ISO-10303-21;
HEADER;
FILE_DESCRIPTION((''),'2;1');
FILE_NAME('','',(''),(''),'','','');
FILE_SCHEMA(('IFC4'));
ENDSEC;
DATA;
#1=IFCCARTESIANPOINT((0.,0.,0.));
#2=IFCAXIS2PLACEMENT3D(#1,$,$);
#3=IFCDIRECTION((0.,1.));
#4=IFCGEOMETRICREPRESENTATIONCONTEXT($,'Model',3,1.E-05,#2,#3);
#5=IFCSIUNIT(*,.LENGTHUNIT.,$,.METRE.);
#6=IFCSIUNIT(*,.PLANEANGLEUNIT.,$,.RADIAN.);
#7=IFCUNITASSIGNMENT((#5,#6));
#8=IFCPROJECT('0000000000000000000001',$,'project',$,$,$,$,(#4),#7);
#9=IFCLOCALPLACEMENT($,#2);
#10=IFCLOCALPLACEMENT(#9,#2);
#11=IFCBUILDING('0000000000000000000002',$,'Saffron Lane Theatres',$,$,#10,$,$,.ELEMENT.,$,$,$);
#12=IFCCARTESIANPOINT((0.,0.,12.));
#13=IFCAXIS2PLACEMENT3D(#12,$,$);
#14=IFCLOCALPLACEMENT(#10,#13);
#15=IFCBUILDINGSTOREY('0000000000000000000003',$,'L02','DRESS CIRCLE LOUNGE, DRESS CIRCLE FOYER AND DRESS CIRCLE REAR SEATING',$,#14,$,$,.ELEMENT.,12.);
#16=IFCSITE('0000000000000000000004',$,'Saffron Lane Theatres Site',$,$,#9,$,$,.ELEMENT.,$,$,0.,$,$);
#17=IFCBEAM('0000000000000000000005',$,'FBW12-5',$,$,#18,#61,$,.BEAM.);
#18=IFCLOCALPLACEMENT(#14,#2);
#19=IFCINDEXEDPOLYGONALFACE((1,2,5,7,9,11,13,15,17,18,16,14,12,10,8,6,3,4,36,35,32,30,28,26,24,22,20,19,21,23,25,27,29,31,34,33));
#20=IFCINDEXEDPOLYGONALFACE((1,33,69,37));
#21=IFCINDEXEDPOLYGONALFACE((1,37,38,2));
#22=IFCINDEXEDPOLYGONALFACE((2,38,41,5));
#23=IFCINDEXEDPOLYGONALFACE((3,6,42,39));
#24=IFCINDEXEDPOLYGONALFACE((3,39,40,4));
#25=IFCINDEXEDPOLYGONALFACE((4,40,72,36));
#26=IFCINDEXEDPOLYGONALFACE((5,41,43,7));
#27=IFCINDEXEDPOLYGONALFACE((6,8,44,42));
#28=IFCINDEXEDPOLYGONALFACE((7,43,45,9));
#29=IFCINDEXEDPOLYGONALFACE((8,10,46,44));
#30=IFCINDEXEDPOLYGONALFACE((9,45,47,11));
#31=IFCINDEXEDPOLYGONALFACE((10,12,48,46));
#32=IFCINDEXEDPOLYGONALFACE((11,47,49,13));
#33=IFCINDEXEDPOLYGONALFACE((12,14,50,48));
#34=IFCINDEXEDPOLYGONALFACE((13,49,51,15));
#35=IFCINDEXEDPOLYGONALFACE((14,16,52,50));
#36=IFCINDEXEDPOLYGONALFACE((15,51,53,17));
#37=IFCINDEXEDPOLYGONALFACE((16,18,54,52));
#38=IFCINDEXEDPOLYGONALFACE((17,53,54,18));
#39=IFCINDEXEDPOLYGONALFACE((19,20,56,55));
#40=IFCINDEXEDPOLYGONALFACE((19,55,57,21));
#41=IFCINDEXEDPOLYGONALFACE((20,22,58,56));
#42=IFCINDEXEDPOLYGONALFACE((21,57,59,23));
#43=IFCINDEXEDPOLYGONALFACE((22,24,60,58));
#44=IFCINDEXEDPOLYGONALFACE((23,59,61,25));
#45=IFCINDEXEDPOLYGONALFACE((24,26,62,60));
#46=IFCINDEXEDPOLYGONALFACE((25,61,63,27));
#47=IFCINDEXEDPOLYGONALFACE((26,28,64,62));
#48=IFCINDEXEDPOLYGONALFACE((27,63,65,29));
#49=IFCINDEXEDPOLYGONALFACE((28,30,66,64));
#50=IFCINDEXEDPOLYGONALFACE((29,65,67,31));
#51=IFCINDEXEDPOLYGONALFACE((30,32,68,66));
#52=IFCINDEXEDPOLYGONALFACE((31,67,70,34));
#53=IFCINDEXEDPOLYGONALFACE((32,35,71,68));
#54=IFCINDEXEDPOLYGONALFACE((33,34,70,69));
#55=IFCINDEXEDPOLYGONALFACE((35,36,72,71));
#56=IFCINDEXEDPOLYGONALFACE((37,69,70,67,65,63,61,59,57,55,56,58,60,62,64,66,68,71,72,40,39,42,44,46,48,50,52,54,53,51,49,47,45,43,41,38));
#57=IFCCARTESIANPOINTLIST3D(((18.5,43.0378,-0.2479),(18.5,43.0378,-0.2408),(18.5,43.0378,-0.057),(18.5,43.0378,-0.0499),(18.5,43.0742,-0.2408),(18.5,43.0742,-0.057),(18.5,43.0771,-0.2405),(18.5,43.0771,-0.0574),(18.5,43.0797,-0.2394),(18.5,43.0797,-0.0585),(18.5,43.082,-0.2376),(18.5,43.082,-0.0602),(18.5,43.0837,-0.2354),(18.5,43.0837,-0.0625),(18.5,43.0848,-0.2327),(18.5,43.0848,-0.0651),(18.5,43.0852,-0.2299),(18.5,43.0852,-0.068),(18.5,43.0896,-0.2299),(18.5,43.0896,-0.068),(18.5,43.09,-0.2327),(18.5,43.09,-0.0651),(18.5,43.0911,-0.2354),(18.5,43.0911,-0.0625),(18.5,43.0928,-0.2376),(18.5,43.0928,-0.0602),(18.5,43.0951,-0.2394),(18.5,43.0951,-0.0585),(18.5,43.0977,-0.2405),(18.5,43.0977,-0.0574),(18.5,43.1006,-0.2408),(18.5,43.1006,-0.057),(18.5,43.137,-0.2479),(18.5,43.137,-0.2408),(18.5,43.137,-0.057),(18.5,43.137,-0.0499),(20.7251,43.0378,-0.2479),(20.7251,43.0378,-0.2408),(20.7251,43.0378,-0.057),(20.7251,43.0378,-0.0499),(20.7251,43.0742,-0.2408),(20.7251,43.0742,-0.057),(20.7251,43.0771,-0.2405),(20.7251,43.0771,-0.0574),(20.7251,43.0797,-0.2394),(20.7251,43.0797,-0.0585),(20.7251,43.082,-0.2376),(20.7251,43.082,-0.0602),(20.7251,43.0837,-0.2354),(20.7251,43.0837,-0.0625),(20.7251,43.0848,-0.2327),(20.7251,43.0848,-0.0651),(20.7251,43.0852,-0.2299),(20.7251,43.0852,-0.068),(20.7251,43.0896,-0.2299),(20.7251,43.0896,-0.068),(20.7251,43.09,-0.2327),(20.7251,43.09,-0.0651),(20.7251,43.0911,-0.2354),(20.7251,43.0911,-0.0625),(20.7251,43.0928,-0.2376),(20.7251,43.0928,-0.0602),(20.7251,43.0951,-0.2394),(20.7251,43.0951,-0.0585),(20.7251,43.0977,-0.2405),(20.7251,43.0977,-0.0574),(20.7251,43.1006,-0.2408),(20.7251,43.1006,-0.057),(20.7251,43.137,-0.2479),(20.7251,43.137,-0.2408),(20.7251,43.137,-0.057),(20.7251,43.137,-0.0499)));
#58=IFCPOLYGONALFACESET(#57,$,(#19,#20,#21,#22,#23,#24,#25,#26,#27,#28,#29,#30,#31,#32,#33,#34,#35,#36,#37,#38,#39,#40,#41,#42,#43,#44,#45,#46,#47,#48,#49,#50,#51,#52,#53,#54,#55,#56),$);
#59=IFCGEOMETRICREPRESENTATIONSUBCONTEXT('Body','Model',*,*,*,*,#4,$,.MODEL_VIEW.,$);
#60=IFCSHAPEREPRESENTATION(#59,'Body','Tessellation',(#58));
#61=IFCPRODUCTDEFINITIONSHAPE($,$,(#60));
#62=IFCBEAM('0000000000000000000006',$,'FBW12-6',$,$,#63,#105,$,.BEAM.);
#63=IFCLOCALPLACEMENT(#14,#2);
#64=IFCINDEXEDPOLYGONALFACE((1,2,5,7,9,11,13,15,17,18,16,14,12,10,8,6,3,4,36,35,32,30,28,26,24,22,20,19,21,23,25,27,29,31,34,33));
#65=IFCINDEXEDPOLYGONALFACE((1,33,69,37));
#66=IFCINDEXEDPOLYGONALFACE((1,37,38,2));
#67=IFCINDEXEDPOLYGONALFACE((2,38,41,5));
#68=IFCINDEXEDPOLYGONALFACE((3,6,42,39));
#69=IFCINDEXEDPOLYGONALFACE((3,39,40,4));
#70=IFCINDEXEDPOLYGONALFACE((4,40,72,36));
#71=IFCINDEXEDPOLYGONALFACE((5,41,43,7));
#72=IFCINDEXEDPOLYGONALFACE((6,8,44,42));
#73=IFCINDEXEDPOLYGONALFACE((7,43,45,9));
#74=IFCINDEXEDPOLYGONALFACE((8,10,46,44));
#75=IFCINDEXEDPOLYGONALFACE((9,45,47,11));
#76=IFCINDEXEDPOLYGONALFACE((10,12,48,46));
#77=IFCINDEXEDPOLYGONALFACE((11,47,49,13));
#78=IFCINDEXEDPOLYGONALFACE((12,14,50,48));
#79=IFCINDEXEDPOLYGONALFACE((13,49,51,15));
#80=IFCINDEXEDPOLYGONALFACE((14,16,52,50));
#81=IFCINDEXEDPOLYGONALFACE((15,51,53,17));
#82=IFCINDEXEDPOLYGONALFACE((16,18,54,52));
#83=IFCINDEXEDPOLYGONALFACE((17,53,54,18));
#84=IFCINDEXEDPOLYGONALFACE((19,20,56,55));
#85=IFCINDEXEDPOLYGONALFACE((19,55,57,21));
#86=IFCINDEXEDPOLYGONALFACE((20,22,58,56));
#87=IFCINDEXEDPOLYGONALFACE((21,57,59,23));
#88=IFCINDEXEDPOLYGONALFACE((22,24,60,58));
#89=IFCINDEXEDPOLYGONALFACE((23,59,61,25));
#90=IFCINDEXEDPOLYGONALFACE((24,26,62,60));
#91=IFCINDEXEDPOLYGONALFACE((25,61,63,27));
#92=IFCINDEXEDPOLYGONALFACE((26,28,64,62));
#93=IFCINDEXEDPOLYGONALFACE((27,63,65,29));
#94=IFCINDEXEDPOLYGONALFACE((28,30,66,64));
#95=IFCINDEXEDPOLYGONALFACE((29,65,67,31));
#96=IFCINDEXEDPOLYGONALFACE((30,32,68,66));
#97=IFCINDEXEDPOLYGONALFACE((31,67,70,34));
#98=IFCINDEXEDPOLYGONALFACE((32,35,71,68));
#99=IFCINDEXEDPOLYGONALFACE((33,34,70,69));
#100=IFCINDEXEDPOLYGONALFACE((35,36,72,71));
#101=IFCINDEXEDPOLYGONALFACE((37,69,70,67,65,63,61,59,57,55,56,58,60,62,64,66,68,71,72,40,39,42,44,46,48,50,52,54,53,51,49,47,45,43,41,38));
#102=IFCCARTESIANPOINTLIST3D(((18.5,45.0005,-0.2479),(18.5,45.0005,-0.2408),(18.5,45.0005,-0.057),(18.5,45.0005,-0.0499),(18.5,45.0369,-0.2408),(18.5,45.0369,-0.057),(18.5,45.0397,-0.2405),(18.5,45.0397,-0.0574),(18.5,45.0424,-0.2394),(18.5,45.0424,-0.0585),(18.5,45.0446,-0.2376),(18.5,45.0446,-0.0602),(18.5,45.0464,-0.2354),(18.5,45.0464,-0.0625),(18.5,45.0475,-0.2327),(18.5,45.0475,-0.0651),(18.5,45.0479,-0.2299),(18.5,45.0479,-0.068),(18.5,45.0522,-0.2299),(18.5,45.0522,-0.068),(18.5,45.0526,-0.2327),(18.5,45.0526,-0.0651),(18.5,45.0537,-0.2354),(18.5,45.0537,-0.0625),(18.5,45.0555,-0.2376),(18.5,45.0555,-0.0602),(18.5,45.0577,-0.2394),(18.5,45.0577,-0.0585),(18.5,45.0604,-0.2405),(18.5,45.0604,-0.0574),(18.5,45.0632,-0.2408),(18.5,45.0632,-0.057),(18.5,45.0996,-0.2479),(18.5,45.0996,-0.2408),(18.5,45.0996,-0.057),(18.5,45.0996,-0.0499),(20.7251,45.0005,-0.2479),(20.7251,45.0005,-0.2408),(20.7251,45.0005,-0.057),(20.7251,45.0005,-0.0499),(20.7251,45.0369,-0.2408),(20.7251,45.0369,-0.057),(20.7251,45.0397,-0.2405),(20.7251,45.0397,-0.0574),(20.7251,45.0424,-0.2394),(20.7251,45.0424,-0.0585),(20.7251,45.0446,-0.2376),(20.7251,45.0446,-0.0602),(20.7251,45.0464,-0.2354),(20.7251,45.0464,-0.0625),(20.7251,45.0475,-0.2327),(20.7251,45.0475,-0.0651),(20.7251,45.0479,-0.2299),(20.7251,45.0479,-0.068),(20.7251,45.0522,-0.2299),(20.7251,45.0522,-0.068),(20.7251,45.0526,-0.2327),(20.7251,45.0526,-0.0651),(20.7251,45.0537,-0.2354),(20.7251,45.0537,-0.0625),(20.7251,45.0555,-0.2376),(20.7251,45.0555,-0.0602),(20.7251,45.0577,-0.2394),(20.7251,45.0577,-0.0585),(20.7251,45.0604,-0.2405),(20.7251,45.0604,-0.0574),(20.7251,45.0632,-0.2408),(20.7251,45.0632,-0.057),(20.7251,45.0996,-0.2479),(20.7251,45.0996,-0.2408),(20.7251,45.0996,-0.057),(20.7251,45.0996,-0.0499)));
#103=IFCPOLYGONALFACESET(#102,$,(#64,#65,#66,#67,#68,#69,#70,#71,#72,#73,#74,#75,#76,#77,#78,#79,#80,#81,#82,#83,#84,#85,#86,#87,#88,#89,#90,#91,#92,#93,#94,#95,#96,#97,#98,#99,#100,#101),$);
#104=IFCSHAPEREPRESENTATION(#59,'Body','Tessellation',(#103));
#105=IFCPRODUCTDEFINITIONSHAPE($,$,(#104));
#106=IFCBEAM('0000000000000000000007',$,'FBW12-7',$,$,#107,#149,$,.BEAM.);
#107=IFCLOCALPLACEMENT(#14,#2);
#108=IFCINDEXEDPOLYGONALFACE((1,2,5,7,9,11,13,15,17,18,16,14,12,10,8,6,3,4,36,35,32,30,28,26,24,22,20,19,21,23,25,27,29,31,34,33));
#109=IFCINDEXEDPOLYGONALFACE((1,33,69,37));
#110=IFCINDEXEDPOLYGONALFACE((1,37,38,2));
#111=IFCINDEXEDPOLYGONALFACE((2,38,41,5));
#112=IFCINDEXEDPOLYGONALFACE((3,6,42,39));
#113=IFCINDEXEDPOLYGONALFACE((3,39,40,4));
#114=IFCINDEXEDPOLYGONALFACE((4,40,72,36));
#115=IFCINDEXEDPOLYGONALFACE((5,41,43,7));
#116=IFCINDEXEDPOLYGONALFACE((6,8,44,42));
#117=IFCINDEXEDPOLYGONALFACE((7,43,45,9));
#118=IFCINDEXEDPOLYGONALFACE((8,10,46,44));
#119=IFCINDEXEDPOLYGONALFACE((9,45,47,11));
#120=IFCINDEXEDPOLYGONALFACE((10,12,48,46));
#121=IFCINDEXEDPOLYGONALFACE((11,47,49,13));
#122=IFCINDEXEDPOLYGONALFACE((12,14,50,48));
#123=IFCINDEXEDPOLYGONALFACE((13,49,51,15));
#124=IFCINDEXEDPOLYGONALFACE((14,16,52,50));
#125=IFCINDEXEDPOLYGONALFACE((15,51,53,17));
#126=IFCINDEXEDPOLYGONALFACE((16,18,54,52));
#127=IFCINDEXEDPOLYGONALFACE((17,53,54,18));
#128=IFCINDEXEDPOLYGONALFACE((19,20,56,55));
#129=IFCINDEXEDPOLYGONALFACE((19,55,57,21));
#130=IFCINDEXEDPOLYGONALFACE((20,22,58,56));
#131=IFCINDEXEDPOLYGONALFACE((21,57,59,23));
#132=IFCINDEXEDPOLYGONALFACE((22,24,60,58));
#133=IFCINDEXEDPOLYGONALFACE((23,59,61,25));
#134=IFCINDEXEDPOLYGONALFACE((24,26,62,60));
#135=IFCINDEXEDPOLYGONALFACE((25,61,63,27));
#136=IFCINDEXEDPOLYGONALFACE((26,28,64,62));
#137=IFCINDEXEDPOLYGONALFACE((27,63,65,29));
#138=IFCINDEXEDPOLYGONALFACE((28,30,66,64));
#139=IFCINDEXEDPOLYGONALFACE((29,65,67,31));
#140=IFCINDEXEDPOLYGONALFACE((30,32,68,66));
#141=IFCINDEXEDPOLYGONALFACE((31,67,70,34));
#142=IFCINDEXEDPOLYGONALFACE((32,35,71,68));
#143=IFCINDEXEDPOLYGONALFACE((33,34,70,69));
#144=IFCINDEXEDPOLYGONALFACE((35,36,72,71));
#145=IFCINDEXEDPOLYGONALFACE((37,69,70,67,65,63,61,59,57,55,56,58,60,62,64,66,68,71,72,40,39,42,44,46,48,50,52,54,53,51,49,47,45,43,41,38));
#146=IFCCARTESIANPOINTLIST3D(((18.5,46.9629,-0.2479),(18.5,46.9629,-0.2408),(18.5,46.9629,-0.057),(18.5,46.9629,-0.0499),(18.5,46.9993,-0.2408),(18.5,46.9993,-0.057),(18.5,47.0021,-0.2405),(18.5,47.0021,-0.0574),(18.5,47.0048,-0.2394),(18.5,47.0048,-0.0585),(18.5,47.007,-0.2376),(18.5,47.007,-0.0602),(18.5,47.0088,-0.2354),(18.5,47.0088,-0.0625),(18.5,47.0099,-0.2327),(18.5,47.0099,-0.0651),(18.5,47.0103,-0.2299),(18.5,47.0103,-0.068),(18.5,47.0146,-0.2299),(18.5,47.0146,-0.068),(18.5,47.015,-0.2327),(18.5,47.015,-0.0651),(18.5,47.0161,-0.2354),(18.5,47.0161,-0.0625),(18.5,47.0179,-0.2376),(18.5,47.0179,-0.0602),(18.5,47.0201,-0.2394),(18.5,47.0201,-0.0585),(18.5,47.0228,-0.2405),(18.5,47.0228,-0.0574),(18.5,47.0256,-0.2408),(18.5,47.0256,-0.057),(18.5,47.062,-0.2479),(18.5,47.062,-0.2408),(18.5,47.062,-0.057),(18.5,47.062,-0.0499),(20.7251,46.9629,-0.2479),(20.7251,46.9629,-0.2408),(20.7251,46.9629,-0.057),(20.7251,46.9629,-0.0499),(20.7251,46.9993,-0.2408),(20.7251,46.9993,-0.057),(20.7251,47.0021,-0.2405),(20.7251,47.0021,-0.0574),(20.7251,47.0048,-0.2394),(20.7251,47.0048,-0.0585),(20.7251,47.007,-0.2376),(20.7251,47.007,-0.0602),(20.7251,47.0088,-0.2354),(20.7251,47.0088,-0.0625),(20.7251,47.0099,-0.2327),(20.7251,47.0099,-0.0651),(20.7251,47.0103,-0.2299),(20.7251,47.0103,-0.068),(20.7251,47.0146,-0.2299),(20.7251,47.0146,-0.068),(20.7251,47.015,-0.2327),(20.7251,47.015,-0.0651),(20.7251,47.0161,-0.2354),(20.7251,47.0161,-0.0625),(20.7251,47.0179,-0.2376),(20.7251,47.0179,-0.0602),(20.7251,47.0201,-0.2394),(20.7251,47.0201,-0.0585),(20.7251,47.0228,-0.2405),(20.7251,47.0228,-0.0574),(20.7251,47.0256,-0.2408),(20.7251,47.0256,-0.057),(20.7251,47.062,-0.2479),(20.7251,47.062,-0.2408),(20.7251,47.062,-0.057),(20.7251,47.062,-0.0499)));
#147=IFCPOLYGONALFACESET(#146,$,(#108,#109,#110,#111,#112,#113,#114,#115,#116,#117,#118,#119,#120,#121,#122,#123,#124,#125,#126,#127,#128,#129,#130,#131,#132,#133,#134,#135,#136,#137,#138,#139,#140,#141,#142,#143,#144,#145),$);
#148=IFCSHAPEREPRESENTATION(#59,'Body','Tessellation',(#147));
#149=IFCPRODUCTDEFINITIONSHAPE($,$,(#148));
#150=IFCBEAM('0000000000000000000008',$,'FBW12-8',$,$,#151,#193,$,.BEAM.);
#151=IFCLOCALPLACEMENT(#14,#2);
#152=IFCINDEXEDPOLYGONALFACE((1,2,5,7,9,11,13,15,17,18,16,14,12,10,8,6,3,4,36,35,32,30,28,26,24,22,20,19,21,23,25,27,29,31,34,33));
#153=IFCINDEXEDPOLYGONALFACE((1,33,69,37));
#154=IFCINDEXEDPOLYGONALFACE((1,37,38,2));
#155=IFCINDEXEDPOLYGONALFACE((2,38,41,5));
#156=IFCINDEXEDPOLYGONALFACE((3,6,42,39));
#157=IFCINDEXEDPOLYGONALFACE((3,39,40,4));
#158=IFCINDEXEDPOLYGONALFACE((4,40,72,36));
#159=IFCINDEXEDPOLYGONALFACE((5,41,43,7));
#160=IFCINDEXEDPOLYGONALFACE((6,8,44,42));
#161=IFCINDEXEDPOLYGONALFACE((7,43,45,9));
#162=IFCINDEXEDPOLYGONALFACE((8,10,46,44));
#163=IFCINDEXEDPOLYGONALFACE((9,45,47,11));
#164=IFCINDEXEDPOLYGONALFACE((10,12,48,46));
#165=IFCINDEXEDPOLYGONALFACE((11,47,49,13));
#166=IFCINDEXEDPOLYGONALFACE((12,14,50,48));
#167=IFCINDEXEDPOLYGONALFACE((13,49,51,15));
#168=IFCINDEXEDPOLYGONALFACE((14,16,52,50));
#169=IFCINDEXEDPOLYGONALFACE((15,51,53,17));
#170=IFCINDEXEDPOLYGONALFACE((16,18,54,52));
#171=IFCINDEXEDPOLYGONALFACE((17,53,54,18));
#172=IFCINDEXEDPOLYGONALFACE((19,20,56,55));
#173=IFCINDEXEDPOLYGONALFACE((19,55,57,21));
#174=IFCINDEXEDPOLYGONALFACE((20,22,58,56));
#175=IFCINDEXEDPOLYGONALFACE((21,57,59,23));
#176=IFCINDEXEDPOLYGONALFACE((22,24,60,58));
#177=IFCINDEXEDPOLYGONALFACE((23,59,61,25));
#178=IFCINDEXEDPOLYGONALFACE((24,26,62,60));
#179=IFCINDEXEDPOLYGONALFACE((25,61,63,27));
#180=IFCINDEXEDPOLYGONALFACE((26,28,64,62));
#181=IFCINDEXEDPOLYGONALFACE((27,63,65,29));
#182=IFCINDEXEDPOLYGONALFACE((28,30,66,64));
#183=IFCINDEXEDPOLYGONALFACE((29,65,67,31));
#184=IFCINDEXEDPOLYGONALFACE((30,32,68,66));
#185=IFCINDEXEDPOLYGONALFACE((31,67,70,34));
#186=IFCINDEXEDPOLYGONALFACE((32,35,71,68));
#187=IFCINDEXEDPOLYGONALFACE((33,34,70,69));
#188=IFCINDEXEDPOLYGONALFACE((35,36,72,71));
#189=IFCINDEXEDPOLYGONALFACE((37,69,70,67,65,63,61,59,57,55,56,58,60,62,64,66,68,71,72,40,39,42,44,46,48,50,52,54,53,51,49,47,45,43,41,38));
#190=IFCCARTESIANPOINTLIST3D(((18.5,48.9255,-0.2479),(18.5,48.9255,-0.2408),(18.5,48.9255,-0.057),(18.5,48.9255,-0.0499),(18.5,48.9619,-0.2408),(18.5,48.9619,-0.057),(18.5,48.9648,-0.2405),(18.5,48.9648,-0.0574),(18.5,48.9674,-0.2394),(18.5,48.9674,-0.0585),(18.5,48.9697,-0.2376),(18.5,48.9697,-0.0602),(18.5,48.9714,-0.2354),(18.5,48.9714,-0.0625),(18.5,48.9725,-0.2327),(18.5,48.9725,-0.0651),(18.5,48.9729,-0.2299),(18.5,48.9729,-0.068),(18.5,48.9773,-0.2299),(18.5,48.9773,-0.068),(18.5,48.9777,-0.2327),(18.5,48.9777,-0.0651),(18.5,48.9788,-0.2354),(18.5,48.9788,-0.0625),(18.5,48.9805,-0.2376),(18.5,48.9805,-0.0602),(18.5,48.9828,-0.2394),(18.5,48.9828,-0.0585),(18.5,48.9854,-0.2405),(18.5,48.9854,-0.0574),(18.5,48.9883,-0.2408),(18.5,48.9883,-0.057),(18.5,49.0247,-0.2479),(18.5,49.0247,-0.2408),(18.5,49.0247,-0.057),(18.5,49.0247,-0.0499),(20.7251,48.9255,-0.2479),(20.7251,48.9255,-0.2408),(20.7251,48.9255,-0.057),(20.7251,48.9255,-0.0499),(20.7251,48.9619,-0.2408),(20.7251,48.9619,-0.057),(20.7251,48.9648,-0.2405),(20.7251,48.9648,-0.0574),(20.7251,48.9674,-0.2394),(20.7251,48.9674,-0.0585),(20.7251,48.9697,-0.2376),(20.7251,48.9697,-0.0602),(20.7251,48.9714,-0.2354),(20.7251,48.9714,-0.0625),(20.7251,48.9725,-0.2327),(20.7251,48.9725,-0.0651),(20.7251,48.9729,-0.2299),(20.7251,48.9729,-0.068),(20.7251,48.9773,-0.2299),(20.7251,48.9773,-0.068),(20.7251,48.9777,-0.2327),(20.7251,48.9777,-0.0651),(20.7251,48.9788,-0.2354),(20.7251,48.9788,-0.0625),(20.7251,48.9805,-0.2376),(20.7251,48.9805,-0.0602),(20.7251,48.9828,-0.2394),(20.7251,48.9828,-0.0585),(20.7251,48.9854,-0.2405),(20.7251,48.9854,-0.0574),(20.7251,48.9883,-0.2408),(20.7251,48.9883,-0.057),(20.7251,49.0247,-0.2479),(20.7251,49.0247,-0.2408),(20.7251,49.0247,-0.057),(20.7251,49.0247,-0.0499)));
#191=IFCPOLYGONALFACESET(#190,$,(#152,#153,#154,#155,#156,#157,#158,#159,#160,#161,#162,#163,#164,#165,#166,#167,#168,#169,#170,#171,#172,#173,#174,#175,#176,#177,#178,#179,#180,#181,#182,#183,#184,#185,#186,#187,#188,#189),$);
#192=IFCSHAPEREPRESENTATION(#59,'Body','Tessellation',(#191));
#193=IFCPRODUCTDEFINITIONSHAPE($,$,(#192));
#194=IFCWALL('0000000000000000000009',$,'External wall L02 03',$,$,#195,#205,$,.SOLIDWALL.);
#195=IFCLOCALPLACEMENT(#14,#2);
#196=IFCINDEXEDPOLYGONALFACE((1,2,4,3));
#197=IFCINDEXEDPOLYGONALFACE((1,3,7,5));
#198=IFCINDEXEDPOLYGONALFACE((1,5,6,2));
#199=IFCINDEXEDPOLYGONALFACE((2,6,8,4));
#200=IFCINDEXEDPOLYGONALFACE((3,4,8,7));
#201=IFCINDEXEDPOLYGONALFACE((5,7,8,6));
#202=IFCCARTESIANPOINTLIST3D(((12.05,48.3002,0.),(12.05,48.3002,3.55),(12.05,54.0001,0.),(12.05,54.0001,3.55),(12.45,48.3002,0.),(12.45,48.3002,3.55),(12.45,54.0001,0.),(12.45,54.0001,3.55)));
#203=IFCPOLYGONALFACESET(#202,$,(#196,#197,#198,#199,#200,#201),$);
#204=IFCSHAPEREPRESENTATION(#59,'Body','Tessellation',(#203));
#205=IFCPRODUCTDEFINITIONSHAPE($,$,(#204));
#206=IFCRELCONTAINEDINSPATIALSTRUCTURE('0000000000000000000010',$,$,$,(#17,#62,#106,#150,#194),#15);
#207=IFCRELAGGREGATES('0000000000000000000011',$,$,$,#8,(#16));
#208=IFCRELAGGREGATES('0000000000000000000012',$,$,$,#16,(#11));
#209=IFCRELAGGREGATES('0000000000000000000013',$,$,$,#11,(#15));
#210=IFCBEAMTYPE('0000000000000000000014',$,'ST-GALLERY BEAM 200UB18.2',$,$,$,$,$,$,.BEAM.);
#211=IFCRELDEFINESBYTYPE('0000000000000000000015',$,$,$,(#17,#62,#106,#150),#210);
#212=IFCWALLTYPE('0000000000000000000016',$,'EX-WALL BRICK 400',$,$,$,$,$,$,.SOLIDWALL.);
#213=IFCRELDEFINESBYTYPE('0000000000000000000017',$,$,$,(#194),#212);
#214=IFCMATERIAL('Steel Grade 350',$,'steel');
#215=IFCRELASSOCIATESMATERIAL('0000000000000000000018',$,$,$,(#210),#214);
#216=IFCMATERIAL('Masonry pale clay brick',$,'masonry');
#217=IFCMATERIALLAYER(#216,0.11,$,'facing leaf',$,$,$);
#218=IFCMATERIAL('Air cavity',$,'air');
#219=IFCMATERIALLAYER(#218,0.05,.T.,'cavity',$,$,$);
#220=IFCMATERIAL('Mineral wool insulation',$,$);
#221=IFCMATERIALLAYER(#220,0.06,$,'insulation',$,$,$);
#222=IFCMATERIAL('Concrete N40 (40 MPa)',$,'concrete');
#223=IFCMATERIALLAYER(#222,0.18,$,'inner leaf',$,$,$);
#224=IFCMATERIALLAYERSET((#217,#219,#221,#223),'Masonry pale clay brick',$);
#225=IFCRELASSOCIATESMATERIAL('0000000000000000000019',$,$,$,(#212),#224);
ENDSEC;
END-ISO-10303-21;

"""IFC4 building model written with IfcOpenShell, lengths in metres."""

from ifc_helpers import new_model, si_unit, direction, frame, frame_2d, origin, origin_2d, place, context, subcontext, project, spatial, rectangle, i_section, extrude, material, layer, layer_set, material_profile, profile_set, type_object, element, save


model = new_model("IFC4")

# Units and contexts
model_context = context("Model", 3, precision=1e-05, world=origin(), true_north=direction((0.0, 1.0)))
body_context = subcontext(model_context, "Body", "Model", "MODEL_VIEW")
ifc_project = project(units=[si_unit("LENGTHUNIT", "METRE"), si_unit("PLANEANGLEUNIT", "RADIAN")], contexts=[model_context])

# Site, building, storey
site_placement = place(None, origin())
site = spatial("IfcSite", under=ifc_project, at=site_placement, Name="Saffron Lane Theatres Site", CompositionType="ELEMENT", RefElevation=0.0)
building_placement = place(site_placement, origin())
building = spatial("IfcBuilding", under=site, at=building_placement, Name="Saffron Lane Theatres", CompositionType="ELEMENT")
storey_placement = place(building_placement, frame((0.0, 0.0, 12.0)))
storey = spatial("IfcBuildingStorey", under=building, at=storey_placement, Name="L02", Description="DRESS CIRCLE LOUNGE, DRESS CIRCLE FOYER AND DRESS CIRCLE REAR SEATING", CompositionType="ELEMENT", Elevation=12.0)

# Beams
ifc_material_1 = material(Name="Steel Grade 350", Category="steel")
ifc_material_profile_1 = material_profile(ifc_material_1, i_section(OverallWidth=0.0991, OverallDepth=0.198, WebThickness=0.0044, FlangeThickness=0.0071, FilletRadius=0.011, at=origin_2d()))
ifc_profile_set_1 = profile_set([ifc_material_profile_1], Name="Steel Grade 350")
beam_type_1 = type_object("IfcBeamType", Name="ST-GALLERY BEAM 200UB18.2", PredefinedType="BEAM", material=ifc_profile_set_1)
for number, where, z_axis, x_axis, name in (
    (1, (18.5, 43.0874, -0.1489), (1.0, 0.0, 0.0), (0.0, 1.0, 0.0), "FBW12-5"),
    (2, (18.5, 45.05, -0.1489), (1.0, 0.0, 0.0), (0.0, 1.0, 0.0), "FBW12-6"),
    (3, (18.5, 47.0125, -0.1489), (1.0, 0.0, 0.0), (0.0, 1.0, 0.0), "FBW12-7"),
    (4, (18.5, 48.9751, -0.1489), (1.0, 0.0, 0.0), (0.0, 1.0, 0.0), "FBW12-8"),
):
    element("IfcBeam", number, at=place(storey_placement, frame(where, z_axis=z_axis, x_axis=x_axis)), inside=storey, type_object=beam_type_1, Name=name, PredefinedType="BEAM", context=body_context, shape_type="SweptSolid", body=[
        extrude(i_section(OverallWidth=0.0991, OverallDepth=0.198, WebThickness=0.0044, FlangeThickness=0.0071, FilletRadius=0.011, at=origin_2d()), origin(), (0.0, 0.0, 1.0), 2.2251),
    ])

# Wall
ifc_material_2 = material(Name="Masonry pale clay brick", Category="masonry")
ifc_layer_1 = layer(ifc_material_2, 0.11, Name="facing leaf")
ifc_material_3 = material(Name="Air cavity", Category="air")
ifc_layer_2 = layer(ifc_material_3, 0.05, ventilated=True, Name="cavity")
ifc_material_4 = material(Name="Mineral wool insulation")
ifc_layer_3 = layer(ifc_material_4, 0.06, Name="insulation")
ifc_material_5 = material(Name="Concrete N40 (40 MPa)", Category="concrete")
ifc_layer_4 = layer(ifc_material_5, 0.18, Name="inner leaf")
ifc_layer_set_1 = layer_set([ifc_layer_1, ifc_layer_2, ifc_layer_3, ifc_layer_4], Name="Masonry pale clay brick")
wall_type_1 = type_object("IfcWallType", Name="EX-WALL BRICK 400", PredefinedType="SOLIDWALL", material=ifc_layer_set_1)
wall_1_placement = place(storey_placement, frame((12.25, 48.3, 0.0), z_axis=(0.0, 0.0, 1.0), x_axis=(0.0, 1.0, 0.0)))
element("IfcWall", 5, at=wall_1_placement, inside=storey, type_object=wall_type_1, Name="External wall L02 03", PredefinedType="SOLIDWALL", context=body_context, shape_type="SweptSolid", body=[
    extrude(rectangle(XDim=5.7, YDim=0.3999, at=frame_2d((2.8501, 0.0))), origin(), (0.0, 0.0, 1.0), 3.55),
])

save(model, "model.ifc")
